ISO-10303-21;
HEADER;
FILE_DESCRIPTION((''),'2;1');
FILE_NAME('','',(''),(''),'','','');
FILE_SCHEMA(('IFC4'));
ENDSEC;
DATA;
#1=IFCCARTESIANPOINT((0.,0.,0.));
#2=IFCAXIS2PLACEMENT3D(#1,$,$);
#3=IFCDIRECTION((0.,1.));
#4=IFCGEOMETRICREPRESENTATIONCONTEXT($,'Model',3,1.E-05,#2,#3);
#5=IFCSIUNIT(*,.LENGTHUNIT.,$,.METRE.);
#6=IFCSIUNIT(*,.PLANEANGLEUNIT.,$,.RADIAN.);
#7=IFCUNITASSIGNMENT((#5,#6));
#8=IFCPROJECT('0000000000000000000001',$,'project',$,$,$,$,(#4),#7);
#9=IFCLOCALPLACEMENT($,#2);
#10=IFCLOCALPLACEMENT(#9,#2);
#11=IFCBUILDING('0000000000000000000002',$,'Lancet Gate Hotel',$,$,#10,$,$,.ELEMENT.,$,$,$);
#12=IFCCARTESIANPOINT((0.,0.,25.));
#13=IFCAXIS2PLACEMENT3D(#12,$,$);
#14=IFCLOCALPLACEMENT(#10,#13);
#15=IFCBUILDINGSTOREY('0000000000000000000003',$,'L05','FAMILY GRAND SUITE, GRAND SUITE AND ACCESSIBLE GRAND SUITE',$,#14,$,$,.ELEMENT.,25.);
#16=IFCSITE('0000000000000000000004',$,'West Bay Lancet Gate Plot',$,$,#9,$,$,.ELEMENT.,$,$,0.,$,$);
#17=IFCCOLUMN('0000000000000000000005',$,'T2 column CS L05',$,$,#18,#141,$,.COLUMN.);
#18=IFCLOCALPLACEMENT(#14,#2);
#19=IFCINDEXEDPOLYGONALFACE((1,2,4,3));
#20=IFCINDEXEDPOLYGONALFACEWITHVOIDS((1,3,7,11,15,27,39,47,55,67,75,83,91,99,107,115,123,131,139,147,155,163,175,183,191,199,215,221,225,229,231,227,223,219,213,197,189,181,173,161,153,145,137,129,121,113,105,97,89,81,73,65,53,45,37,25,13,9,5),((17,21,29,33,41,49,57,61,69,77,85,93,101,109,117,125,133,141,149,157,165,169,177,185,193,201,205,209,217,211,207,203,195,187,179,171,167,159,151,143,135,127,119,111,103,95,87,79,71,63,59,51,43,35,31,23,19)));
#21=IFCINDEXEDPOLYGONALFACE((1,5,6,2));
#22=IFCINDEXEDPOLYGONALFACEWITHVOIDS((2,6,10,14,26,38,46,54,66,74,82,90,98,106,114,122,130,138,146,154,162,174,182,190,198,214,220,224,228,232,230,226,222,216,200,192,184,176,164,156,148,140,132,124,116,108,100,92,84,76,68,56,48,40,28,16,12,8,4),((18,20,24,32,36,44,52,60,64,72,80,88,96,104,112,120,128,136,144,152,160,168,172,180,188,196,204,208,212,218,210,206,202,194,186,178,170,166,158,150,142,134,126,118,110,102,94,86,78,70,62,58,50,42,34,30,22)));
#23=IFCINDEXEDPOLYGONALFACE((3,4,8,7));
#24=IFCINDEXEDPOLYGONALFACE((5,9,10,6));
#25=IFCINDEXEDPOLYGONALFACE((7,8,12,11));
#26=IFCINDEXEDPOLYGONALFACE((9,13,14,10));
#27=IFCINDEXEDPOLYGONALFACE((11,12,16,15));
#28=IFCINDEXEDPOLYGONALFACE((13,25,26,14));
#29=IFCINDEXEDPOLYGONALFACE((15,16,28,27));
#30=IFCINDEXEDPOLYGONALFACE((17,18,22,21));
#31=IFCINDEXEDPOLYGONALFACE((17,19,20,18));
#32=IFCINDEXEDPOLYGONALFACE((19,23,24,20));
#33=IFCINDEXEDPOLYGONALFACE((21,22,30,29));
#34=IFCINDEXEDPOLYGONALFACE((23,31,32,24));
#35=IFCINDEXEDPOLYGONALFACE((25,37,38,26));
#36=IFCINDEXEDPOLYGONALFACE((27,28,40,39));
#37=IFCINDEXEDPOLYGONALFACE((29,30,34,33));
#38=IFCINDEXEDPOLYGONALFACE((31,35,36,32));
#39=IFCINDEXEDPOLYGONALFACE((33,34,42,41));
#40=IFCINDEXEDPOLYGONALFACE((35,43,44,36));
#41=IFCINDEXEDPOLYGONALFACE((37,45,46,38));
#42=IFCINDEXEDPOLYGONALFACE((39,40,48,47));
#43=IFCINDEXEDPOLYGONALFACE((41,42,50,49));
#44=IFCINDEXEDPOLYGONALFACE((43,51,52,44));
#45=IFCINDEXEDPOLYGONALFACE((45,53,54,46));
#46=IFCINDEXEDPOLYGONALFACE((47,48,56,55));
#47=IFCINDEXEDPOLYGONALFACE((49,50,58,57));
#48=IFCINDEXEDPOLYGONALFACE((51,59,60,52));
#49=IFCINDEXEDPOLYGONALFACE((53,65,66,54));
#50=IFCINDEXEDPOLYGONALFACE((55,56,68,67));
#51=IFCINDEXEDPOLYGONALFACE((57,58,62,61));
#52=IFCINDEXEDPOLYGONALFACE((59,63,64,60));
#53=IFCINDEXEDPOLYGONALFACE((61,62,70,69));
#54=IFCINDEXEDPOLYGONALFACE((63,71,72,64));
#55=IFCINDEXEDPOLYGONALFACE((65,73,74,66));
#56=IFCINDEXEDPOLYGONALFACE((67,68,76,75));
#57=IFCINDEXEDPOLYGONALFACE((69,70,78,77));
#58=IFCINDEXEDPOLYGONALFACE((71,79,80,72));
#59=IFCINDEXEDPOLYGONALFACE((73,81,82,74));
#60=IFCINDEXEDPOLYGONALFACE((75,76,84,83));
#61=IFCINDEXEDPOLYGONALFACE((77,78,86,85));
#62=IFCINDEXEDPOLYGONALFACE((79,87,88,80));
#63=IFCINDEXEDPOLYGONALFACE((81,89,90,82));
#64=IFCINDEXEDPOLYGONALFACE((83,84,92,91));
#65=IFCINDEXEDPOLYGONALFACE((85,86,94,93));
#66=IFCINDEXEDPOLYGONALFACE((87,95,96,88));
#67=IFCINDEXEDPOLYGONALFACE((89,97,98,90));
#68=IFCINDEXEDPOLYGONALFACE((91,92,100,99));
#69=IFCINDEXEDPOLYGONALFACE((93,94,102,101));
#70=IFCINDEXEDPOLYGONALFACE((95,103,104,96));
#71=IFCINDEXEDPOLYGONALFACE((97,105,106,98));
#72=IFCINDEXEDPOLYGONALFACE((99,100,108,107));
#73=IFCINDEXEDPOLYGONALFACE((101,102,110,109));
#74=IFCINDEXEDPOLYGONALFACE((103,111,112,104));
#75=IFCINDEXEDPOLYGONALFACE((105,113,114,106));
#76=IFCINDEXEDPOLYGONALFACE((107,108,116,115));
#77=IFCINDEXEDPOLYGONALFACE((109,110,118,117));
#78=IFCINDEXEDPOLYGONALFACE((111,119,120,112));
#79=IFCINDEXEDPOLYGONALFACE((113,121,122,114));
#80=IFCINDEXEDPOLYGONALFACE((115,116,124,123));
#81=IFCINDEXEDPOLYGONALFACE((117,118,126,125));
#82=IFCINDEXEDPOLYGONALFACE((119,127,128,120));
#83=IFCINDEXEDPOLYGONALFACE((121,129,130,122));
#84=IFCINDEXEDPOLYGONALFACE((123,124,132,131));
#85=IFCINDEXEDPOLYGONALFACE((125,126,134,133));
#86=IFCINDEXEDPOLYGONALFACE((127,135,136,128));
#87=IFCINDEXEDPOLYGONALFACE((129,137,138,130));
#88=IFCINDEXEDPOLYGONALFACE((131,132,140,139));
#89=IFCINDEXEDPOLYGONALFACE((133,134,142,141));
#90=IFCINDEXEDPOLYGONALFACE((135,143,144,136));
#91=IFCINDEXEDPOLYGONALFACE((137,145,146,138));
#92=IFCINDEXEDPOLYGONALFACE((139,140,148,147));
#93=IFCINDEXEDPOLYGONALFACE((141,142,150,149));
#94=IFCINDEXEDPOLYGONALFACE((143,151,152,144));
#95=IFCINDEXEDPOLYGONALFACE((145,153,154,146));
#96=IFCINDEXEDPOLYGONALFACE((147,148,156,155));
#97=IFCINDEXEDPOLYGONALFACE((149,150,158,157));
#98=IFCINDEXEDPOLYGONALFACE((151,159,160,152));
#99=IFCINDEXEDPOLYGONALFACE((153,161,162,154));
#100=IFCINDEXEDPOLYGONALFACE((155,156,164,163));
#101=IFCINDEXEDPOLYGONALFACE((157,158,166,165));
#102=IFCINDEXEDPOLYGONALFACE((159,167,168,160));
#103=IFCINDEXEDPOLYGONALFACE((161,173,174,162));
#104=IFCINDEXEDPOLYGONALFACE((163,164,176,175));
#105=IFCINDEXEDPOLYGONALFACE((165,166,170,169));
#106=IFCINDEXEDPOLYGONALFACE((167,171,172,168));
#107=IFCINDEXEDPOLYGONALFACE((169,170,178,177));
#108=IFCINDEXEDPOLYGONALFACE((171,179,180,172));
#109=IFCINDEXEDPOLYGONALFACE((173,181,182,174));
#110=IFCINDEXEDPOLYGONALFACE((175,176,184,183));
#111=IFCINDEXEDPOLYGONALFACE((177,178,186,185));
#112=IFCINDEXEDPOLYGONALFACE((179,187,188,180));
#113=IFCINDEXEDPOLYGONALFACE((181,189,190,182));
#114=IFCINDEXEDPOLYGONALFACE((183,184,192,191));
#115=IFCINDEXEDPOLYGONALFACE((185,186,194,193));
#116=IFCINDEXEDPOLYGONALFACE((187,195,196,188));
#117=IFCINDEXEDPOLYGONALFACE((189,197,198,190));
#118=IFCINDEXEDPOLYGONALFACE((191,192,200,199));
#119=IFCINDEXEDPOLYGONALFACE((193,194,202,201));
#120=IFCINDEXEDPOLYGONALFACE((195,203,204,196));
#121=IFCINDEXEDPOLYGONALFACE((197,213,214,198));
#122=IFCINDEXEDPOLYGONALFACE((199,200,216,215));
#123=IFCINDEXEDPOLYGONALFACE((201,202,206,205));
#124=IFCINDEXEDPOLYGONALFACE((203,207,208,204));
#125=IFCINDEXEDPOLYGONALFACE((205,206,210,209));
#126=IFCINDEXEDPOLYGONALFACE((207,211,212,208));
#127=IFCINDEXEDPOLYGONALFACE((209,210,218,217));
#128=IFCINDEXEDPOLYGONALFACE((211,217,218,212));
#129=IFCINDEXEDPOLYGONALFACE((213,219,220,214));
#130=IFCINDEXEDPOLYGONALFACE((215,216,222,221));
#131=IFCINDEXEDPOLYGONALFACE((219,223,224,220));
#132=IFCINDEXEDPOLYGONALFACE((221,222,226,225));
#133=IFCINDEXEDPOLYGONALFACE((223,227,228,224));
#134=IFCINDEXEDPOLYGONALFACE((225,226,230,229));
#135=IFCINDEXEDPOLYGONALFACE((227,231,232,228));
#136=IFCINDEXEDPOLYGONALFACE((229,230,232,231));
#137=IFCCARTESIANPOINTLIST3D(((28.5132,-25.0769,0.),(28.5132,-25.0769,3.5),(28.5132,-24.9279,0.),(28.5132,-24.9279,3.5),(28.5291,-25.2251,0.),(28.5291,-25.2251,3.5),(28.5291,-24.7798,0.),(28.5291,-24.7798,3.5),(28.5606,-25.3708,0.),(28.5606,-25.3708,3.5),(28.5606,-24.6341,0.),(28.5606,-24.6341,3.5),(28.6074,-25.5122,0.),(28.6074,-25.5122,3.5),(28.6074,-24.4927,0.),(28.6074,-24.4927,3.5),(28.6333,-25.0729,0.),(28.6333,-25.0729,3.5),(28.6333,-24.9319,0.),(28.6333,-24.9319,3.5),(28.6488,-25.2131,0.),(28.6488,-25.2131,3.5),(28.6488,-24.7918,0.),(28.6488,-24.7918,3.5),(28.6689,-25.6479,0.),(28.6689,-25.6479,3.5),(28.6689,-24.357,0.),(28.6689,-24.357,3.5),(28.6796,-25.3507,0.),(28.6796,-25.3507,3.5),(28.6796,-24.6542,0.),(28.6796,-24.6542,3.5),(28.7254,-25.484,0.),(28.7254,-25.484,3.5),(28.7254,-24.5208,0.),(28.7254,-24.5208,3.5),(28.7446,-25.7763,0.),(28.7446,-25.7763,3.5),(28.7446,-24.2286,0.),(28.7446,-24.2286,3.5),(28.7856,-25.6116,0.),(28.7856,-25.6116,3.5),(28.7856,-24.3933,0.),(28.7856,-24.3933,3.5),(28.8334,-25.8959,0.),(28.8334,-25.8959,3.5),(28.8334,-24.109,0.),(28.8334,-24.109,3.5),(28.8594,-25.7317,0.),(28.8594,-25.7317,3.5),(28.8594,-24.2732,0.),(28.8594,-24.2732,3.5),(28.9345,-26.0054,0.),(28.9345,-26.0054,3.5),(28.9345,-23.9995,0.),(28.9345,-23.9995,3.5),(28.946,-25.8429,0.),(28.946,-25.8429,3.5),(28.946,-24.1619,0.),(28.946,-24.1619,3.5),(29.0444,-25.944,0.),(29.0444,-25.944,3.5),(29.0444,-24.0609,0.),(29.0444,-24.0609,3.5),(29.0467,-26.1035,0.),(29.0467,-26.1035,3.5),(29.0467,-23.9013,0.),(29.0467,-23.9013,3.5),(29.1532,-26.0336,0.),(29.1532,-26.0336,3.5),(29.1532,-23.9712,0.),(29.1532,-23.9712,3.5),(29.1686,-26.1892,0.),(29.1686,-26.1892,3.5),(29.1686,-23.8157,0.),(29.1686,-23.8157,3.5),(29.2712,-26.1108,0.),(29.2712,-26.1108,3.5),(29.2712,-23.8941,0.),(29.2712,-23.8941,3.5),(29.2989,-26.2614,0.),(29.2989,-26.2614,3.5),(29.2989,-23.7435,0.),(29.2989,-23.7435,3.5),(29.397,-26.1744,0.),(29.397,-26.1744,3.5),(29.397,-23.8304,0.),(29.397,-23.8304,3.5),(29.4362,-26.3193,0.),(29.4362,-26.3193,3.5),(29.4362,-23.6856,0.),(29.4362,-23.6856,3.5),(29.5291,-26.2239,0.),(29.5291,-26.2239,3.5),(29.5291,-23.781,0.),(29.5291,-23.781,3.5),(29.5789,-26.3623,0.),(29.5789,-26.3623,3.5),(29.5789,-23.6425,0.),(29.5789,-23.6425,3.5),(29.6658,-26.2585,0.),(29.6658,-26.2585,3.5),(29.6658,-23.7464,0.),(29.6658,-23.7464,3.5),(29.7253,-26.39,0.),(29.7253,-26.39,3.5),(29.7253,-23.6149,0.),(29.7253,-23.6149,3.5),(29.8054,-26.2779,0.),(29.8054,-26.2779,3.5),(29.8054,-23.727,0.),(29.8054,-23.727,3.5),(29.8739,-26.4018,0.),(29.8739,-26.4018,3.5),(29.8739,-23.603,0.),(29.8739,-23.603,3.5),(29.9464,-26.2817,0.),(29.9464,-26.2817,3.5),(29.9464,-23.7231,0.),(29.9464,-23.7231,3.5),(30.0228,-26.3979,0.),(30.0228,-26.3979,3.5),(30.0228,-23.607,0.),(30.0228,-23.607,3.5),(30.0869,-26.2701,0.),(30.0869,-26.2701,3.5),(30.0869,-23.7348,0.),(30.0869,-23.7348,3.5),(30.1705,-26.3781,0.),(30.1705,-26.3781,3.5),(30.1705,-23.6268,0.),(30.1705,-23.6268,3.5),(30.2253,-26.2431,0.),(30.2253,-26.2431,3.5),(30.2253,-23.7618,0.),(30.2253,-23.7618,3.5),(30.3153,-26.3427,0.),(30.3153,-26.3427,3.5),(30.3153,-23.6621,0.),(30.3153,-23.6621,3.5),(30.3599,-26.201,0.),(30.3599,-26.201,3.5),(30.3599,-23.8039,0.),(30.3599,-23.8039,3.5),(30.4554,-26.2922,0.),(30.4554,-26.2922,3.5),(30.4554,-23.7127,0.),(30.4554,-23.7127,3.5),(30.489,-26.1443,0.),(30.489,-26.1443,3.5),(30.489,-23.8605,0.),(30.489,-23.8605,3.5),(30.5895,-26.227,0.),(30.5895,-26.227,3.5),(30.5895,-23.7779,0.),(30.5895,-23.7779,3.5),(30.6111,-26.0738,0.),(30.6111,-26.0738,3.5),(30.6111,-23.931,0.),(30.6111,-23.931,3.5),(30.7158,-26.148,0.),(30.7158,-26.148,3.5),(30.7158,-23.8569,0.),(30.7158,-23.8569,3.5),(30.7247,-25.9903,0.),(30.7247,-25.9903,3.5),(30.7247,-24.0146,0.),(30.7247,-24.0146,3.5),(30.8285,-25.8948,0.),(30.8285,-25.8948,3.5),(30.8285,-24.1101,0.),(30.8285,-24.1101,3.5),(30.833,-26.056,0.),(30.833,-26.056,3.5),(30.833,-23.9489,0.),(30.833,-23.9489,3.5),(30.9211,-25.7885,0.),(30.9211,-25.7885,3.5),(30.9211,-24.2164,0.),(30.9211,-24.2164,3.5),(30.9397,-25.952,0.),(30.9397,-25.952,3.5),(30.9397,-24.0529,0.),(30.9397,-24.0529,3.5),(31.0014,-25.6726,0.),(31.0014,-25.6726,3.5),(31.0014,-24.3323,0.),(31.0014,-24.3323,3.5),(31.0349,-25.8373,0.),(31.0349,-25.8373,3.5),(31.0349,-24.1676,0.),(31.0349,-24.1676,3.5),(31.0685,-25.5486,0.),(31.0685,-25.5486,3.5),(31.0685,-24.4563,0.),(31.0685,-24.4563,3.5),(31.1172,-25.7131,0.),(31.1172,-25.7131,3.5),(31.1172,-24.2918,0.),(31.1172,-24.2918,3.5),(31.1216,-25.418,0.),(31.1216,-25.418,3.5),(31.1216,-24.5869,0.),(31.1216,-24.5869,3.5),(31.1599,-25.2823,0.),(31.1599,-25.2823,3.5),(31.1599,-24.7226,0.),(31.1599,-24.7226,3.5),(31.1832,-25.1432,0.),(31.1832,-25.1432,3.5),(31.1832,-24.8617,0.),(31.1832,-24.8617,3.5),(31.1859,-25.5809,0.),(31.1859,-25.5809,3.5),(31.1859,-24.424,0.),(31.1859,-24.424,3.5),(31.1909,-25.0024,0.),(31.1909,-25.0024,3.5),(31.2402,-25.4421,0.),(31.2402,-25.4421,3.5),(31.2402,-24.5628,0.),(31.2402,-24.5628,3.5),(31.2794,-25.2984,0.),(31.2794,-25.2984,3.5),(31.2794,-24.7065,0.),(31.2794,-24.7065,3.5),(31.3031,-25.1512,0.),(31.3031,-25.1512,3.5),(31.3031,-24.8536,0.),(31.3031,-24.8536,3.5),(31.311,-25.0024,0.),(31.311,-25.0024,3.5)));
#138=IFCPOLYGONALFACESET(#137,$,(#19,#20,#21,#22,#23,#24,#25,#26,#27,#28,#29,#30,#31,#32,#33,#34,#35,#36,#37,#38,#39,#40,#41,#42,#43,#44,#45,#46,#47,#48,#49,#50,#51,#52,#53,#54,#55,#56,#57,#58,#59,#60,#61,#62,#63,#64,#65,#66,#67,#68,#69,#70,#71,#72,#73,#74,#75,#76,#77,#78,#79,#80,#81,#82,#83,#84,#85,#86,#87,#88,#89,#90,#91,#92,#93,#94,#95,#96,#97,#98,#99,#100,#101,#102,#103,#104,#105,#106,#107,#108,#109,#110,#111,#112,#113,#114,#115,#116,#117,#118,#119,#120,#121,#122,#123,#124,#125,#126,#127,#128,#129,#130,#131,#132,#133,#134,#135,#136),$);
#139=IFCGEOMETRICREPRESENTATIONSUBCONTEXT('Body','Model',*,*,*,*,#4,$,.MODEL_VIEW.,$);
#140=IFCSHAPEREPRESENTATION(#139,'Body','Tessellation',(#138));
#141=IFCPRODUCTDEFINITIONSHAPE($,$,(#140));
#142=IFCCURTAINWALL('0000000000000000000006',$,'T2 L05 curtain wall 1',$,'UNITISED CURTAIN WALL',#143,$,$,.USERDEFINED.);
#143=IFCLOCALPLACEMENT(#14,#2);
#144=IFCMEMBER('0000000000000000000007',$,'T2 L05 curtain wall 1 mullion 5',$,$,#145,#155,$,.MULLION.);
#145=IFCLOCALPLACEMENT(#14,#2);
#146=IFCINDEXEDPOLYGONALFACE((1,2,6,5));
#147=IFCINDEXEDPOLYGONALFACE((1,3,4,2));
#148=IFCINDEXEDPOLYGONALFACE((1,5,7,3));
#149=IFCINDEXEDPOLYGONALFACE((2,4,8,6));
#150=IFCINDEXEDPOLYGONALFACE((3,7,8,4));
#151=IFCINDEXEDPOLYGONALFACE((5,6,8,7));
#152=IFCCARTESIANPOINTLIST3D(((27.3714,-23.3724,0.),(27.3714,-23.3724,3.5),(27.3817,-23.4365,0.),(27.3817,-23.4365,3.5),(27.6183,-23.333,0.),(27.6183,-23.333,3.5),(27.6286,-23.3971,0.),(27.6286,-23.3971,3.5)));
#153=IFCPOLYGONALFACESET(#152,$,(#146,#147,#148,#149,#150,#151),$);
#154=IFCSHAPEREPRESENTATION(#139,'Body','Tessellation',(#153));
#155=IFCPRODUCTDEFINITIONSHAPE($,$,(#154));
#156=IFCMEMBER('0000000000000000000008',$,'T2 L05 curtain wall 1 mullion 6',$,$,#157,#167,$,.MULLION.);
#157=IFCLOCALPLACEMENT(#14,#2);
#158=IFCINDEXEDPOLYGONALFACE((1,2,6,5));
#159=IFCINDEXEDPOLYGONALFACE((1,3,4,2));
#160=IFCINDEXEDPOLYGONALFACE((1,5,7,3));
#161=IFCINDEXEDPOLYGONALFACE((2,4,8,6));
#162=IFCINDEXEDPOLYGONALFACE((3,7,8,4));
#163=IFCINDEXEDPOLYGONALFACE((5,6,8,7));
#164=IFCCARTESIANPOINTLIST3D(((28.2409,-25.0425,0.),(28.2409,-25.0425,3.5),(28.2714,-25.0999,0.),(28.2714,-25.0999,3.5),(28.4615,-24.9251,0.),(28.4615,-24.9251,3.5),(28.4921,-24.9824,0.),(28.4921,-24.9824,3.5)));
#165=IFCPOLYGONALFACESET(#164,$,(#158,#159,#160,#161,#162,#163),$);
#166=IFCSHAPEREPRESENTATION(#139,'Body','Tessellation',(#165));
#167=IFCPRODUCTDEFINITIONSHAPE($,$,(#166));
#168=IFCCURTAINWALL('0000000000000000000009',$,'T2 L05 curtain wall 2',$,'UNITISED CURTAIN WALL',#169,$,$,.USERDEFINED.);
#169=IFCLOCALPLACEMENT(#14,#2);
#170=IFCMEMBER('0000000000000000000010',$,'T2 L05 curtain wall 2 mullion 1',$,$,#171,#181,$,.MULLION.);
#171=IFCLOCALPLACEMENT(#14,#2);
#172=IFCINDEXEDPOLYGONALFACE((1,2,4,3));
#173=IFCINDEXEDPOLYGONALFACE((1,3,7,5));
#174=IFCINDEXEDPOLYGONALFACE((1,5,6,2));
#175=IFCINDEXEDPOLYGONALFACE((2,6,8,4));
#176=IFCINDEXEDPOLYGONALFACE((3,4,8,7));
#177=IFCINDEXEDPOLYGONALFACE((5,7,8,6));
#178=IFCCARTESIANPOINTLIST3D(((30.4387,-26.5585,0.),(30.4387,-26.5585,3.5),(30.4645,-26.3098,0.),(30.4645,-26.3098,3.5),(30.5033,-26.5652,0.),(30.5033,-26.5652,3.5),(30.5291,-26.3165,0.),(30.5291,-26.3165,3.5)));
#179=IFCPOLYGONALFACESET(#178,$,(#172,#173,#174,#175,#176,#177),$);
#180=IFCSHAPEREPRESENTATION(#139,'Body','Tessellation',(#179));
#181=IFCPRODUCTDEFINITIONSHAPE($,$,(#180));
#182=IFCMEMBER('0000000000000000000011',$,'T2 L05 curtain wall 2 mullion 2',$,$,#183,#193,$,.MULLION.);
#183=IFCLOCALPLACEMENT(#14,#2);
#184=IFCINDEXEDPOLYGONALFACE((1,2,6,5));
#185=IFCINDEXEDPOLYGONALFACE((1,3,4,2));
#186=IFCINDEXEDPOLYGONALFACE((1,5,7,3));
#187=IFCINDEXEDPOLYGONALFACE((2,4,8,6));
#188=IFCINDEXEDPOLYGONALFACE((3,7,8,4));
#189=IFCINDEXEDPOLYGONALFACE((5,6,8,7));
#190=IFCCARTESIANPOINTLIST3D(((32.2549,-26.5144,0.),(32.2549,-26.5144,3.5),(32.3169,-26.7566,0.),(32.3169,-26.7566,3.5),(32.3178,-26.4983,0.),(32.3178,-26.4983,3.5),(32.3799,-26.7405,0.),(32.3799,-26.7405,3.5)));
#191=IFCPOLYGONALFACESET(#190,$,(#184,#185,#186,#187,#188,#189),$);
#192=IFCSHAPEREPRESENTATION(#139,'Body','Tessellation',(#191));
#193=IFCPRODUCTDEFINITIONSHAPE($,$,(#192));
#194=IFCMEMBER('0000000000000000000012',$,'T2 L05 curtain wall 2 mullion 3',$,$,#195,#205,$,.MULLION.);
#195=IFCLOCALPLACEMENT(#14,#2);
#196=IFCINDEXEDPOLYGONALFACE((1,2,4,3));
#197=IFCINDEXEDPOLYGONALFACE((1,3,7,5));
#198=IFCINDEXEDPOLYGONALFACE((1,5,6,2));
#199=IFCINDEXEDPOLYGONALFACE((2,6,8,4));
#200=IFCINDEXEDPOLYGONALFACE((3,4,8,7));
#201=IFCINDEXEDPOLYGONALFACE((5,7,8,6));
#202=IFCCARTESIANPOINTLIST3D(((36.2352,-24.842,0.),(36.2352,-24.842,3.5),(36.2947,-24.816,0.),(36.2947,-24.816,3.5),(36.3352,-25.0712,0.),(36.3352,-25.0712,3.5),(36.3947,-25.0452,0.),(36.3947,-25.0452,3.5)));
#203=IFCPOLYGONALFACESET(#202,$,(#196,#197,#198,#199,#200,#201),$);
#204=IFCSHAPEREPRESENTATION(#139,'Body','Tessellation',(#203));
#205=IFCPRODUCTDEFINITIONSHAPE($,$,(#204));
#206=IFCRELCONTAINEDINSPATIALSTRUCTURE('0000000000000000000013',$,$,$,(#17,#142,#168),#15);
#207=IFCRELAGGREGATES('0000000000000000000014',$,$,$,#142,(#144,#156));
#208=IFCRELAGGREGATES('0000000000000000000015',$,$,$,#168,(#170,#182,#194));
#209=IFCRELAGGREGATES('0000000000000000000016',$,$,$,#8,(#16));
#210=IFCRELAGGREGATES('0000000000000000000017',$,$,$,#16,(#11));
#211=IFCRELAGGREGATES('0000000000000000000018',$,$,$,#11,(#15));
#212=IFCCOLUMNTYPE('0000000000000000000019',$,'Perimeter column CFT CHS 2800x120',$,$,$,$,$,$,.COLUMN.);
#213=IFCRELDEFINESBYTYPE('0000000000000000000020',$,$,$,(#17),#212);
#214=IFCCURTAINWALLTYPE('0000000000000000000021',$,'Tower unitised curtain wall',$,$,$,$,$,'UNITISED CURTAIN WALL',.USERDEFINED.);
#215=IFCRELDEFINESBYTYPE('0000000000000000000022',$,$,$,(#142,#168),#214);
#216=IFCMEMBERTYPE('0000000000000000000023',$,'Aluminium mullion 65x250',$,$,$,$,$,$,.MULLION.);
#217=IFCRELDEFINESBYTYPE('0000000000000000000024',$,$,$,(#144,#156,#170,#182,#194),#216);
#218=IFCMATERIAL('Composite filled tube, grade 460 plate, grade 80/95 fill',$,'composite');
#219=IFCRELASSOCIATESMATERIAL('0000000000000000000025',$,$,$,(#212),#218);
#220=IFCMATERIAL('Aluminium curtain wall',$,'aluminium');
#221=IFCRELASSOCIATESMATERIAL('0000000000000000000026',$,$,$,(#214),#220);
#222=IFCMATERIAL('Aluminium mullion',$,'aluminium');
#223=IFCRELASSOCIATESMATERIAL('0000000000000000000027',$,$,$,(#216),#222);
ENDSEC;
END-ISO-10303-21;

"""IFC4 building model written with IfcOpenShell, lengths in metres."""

from ifc_helpers import new_model, si_unit, direction, frame, origin, origin_2d, place, context, subcontext, project, spatial, rectangle, hollow_circle, extrude, material, material_profile, profile_set, type_object, element, aggregate, save


model = new_model("IFC4")

# Units and contexts
model_context = context("Model", 3, precision=1e-05, world=origin(), true_north=direction((0.0, 1.0)))
body_context = subcontext(model_context, "Body", "Model", "MODEL_VIEW")
ifc_project = project(units=[si_unit("LENGTHUNIT", "METRE"), si_unit("PLANEANGLEUNIT", "RADIAN")], contexts=[model_context])

# Site, building, storey
site_placement = place(None, origin())
site = spatial("IfcSite", under=ifc_project, at=site_placement, Name="West Bay Lancet Gate Plot", CompositionType="ELEMENT", RefElevation=0.0)
building_placement = place(site_placement, origin())
building = spatial("IfcBuilding", under=site, at=building_placement, Name="Lancet Gate Hotel", CompositionType="ELEMENT")
storey_placement = place(building_placement, frame((0.0, 0.0, 25.0)))
storey = spatial("IfcBuildingStorey", under=building, at=storey_placement, Name="L05", Description="FAMILY GRAND SUITE, GRAND SUITE AND ACCESSIBLE GRAND SUITE", CompositionType="ELEMENT", Elevation=25.0)

# Column
ifc_material_1 = material(Name="Composite filled tube, grade 460 plate, grade 80/95 fill", Category="composite")
ifc_material_profile_1 = material_profile(ifc_material_1, hollow_circle(Radius=1.3999, WallThickness=0.1201, at=origin_2d()), Name="CHS 2800x120")
ifc_profile_set_1 = profile_set([ifc_material_profile_1], Name="Composite filled tube, grade 460 plate, grade 80/95 fill")
column_type = type_object("IfcColumnType", Name="Perimeter column CFT CHS 2800x120", PredefinedType="COLUMN", material=ifc_profile_set_1)
column_placement = place(storey_placement, frame((29.9111, -25.0024, 0.0), z_axis=(0.0, 0.0, 1.0), x_axis=(1.0, 0.0, 0.0)))
element("IfcColumn", 1, at=column_placement, inside=storey, type_object=column_type, Name="T2 column CS L05", PredefinedType="COLUMN", context=body_context, shape_type="SweptSolid", body=[
    extrude(hollow_circle(Radius=1.3999, WallThickness=0.1201, at=origin_2d()), origin(), (0.0, 0.0, 1.0), 3.5),
])

# Curtain walls, members
ifc_material_2 = material(Name="Aluminium curtain wall", Category="aluminium")
curtain_wall_type = type_object("IfcCurtainWallType", Name="Tower unitised curtain wall", ElementType="UNITISED CURTAIN WALL", PredefinedType="USERDEFINED", material=ifc_material_2)
curtain_wall_1_placement = place(storey_placement, origin())
curtain_wall_1 = element("IfcCurtainWall", 2, at=curtain_wall_1_placement, inside=storey, type_object=curtain_wall_type, Name="T2 L05 curtain wall 1", ObjectType="UNITISED CURTAIN WALL", PredefinedType="USERDEFINED")
ifc_material_3 = material(Name="Aluminium mullion", Category="aluminium")
ifc_material_profile_2 = material_profile(ifc_material_3, rectangle(XDim=0.0649, YDim=0.25, at=origin_2d()), Name="MULLION 65x250")
ifc_profile_set_2 = profile_set([ifc_material_profile_2], Name="Aluminium mullion")
member_type_1 = type_object("IfcMemberType", Name="Aluminium mullion 65x250", PredefinedType="MULLION", material=ifc_profile_set_2)
member_1_placement = place(storey_placement, frame((27.5, -23.3848, 0.0), z_axis=(0.0, 0.0, 1.0), x_axis=(0.157752, -0.987479, 0.0)))
member_1 = element("IfcMember", 3, at=member_1_placement, type_object=member_type_1, Name="T2 L05 curtain wall 1 mullion 5", PredefinedType="MULLION", context=body_context, shape_type="SweptSolid", body=[
    extrude(rectangle(XDim=0.0649, YDim=0.25, at=origin_2d()), origin(), (0.0, 0.0, 1.0), 3.5),
])
member_2_placement = place(storey_placement, frame((28.3665, -25.0125, 0.0), z_axis=(0.0, 0.0, 1.0), x_axis=(0.469898, -0.882721, 0.0)))
member_2 = element("IfcMember", 4, at=member_2_placement, type_object=member_type_1, Name="T2 L05 curtain wall 1 mullion 6", PredefinedType="MULLION", context=body_context, shape_type="SweptSolid", body=[
    extrude(rectangle(XDim=0.0649, YDim=0.25, at=origin_2d()), origin(), (0.0, 0.0, 1.0), 3.5),
])
curtain_wall_2_placement = place(storey_placement, origin())
curtain_wall_2 = element("IfcCurtainWall", 5, at=curtain_wall_2_placement, inside=storey, type_object=curtain_wall_type, Name="T2 L05 curtain wall 2", ObjectType="UNITISED CURTAIN WALL", PredefinedType="USERDEFINED")
member_3_placement = place(storey_placement, frame((30.4839, -26.4375, 0.0), z_axis=(0.0, 0.0, 1.0), x_axis=(0.994672, -0.103088, 0.0)))
member_3 = element("IfcMember", 6, at=member_3_placement, type_object=member_type_1, Name="T2 L05 curtain wall 2 mullion 1", PredefinedType="MULLION", context=body_context, shape_type="SweptSolid", body=[
    extrude(rectangle(XDim=0.0649, YDim=0.25, at=origin_2d()), origin(), (0.0, 0.0, 1.0), 3.5),
])
member_4_placement = place(storey_placement, frame((32.3174, -26.6274, 0.0), z_axis=(0.0, 0.0, 1.0), x_axis=(0.968721, 0.24815, 0.0)))
member_4 = element("IfcMember", 7, at=member_4_placement, type_object=member_type_1, Name="T2 L05 curtain wall 2 mullion 2", PredefinedType="MULLION", context=body_context, shape_type="SweptSolid", body=[
    extrude(rectangle(XDim=0.0649, YDim=0.25, at=origin_2d()), origin(), (0.0, 0.0, 1.0), 3.5),
])
member_5_placement = place(storey_placement, frame((36.3149, -24.9436, 0.0), z_axis=(0.0, 0.0, 1.0), x_axis=(0.916579, 0.399854, 0.0)))
member_5 = element("IfcMember", 8, at=member_5_placement, type_object=member_type_1, Name="T2 L05 curtain wall 2 mullion 3", PredefinedType="MULLION", context=body_context, shape_type="SweptSolid", body=[
    extrude(rectangle(XDim=0.0649, YDim=0.25, at=origin_2d()), origin(), (0.0, 0.0, 1.0), 3.5),
])

aggregate(curtain_wall_1, [member_1, member_2])
aggregate(curtain_wall_2, [member_3, member_4, member_5])

save(model, "model.ifc")
